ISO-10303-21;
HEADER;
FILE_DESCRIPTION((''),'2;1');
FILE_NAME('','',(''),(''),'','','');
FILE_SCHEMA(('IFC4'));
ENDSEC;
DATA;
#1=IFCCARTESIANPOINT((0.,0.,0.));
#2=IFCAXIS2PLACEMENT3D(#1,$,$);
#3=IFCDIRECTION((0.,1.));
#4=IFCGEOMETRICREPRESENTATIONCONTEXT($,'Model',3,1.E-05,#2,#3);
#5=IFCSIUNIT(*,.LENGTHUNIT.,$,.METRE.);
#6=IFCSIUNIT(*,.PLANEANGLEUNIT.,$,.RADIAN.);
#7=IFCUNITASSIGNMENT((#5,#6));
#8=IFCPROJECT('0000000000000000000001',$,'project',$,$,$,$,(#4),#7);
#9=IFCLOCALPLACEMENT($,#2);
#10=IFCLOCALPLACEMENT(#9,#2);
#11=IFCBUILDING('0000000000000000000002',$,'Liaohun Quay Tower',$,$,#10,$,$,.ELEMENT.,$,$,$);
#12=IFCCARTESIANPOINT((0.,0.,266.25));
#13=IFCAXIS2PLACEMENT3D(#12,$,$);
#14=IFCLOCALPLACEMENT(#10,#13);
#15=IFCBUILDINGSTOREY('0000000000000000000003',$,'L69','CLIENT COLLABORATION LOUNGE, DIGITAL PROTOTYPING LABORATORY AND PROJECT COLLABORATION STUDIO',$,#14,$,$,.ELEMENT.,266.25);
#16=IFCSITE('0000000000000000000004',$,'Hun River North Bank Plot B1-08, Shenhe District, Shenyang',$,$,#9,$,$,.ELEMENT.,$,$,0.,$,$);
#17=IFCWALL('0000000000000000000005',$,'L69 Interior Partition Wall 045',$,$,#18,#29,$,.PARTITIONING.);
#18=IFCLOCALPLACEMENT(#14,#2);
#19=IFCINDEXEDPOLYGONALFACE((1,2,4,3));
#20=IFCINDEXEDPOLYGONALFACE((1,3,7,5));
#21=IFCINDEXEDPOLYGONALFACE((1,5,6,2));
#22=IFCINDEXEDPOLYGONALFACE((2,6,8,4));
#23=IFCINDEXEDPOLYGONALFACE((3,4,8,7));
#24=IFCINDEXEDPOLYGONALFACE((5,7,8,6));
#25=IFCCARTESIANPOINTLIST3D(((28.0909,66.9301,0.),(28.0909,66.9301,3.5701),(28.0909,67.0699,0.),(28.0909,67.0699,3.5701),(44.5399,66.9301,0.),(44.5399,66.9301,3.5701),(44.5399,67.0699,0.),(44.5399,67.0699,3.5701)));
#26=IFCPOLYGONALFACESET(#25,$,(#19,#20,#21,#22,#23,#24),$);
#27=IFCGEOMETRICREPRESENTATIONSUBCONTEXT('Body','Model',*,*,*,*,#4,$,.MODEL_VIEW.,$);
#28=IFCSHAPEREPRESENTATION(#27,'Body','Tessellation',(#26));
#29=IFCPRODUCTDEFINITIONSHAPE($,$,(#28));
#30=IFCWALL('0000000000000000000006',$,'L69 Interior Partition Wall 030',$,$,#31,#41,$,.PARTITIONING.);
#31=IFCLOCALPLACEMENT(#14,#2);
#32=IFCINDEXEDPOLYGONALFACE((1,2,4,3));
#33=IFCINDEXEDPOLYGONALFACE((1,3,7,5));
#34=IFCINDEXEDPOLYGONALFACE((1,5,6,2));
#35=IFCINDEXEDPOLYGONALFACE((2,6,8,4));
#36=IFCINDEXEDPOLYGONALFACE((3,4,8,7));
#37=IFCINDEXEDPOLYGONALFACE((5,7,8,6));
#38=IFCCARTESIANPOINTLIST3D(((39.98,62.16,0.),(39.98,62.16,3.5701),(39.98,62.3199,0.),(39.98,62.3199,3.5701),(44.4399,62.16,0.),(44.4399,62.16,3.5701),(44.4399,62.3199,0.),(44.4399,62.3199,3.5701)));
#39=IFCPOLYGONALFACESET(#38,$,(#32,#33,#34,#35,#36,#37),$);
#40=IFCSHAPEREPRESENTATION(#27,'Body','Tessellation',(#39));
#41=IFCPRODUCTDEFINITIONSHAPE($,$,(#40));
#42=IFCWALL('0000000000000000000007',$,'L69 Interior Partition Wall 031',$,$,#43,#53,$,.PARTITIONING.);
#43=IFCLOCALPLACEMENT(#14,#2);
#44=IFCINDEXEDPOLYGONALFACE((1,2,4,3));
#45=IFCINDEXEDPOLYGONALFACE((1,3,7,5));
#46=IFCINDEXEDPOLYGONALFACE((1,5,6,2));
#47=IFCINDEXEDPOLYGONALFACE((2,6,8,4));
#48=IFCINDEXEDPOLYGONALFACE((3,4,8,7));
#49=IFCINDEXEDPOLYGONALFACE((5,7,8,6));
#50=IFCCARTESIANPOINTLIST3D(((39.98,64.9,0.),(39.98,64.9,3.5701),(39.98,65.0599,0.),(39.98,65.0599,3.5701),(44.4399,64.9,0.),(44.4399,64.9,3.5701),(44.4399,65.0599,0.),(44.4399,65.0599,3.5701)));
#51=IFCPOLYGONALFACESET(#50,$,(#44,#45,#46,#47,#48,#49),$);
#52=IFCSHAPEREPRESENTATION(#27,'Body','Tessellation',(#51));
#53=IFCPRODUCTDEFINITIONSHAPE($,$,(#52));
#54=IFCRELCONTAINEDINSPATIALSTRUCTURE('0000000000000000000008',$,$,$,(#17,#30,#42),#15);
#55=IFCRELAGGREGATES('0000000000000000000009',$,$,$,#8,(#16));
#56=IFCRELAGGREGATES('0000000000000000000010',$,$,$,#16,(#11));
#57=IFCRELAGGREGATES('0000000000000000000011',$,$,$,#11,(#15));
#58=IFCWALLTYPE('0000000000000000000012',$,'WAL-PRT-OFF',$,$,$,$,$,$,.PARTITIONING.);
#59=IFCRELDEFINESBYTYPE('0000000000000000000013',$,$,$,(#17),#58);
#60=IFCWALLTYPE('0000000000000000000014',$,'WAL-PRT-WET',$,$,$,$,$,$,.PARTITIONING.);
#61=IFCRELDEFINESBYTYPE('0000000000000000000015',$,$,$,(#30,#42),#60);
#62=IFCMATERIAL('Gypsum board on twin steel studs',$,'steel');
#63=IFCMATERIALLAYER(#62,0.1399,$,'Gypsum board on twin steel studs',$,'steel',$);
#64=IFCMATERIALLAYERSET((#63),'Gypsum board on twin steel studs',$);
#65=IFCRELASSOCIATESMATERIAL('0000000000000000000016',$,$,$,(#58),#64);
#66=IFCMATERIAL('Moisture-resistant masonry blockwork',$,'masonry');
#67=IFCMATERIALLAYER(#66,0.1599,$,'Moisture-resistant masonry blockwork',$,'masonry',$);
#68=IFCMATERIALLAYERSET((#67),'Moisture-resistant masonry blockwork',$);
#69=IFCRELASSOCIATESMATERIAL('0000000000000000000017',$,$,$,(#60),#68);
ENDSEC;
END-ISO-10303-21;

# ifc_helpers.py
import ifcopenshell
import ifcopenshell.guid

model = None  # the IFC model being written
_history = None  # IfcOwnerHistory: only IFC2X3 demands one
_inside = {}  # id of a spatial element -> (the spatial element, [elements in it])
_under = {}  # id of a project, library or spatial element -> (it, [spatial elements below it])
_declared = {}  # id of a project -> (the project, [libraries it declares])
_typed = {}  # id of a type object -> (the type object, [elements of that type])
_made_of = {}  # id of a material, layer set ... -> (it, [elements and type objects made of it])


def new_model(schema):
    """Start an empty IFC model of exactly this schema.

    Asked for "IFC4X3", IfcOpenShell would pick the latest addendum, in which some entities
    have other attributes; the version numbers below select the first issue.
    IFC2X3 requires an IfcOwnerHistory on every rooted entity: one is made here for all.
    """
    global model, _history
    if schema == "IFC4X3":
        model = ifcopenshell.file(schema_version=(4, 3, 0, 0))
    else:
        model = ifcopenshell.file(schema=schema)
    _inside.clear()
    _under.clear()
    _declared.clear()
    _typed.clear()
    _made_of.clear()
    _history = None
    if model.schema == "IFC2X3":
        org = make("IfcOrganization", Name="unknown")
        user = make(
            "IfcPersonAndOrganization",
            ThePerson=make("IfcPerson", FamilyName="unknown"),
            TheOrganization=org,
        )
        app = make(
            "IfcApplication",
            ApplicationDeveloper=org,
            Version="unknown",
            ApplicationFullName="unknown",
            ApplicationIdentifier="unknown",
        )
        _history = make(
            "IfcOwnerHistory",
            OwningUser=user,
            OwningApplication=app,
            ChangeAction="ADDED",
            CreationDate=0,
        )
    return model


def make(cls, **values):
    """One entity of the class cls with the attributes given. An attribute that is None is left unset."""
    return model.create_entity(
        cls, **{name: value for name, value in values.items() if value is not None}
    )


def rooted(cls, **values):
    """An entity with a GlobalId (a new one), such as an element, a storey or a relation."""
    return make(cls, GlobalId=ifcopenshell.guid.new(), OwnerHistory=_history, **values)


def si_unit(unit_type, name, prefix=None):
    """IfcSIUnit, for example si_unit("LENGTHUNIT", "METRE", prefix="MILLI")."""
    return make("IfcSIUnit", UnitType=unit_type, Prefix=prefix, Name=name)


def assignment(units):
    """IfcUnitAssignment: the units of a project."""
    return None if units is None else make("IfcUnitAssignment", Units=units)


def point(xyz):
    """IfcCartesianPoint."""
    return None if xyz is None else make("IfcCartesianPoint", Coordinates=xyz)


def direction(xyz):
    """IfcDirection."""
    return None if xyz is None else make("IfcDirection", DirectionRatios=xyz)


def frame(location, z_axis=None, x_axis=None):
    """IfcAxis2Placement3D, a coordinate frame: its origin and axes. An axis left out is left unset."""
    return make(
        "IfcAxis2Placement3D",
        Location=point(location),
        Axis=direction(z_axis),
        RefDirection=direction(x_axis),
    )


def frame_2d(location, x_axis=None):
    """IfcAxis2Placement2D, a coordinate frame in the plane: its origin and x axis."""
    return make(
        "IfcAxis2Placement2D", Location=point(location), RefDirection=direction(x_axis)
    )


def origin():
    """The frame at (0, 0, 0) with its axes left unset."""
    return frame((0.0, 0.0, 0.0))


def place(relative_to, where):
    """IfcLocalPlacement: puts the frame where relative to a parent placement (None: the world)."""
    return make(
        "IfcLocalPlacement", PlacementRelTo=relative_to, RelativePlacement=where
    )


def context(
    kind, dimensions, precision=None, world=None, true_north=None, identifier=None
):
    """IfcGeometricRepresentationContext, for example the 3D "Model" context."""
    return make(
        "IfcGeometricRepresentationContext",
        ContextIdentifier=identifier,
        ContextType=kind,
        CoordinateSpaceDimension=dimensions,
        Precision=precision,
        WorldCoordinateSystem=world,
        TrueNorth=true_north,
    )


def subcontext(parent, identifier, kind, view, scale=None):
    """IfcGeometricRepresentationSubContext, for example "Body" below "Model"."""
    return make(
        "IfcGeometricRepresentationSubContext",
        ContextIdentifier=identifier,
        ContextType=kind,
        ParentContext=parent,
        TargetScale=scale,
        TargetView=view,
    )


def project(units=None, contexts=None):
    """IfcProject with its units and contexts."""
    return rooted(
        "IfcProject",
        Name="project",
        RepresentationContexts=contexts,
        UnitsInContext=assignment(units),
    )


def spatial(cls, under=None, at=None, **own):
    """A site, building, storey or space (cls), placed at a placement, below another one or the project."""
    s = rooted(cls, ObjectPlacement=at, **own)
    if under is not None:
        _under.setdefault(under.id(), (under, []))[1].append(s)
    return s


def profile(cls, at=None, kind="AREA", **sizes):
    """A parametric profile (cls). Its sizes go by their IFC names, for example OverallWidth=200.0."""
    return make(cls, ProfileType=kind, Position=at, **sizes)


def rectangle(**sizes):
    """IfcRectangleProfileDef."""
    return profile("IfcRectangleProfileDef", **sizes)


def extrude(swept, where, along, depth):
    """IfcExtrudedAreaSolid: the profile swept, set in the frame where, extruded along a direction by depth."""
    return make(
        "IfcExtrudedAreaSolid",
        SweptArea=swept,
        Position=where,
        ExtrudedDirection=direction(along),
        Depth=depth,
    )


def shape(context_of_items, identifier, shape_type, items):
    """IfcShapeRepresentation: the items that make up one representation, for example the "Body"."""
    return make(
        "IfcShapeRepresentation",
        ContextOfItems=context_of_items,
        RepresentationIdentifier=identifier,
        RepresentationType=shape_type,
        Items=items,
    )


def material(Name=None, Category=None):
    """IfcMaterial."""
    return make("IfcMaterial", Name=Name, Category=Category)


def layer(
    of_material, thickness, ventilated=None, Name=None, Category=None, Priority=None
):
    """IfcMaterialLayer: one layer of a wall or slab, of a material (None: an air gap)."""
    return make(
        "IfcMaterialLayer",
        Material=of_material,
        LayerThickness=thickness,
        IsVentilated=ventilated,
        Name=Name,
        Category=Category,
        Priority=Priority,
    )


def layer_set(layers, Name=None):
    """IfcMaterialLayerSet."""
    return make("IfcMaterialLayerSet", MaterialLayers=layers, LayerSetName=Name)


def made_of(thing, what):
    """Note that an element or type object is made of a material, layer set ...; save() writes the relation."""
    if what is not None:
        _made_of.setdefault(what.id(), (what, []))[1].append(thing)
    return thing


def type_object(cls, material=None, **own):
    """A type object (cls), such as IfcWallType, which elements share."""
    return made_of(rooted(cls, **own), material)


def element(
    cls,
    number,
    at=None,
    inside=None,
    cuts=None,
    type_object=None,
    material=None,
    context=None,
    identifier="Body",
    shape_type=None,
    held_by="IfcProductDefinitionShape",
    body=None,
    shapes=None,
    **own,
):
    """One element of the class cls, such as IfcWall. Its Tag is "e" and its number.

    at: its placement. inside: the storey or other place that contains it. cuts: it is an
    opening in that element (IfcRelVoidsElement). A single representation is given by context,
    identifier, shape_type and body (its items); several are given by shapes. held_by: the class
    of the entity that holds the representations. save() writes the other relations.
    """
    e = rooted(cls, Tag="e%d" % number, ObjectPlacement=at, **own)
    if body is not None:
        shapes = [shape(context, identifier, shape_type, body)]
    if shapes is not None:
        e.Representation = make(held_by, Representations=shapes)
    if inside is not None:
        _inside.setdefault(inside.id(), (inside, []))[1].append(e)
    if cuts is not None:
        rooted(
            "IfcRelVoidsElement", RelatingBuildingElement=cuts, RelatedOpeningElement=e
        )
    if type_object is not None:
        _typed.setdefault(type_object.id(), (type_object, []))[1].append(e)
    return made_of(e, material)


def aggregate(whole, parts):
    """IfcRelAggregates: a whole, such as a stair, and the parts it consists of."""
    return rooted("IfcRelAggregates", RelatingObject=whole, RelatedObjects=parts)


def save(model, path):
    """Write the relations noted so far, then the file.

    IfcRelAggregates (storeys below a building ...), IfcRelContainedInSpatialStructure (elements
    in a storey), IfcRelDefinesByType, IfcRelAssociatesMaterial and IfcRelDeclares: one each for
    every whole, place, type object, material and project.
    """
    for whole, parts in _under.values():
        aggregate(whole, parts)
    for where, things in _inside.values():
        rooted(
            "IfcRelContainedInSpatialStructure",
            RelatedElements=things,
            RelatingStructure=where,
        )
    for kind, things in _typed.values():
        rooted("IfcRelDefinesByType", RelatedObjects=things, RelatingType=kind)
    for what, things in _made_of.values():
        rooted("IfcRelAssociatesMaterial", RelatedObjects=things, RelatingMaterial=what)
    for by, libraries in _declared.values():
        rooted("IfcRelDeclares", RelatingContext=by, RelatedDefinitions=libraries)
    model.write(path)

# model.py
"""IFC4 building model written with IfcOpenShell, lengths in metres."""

from ifc_helpers import new_model, si_unit, direction, frame, frame_2d, origin, place, context, subcontext, project, spatial, rectangle, extrude, material, layer, layer_set, type_object, element, save


model = new_model("IFC4")

# Units and contexts
model_context = context("Model", 3, precision=1e-05, world=origin(), true_north=direction((0.0, 1.0)))
body_context = subcontext(model_context, "Body", "Model", "MODEL_VIEW")
ifc_project = project(units=[si_unit("LENGTHUNIT", "METRE"), si_unit("PLANEANGLEUNIT", "RADIAN")], contexts=[model_context])

# Site, building, storey
site_placement = place(None, origin())
site = spatial("IfcSite", under=ifc_project, at=site_placement, Name="Hun River North Bank Plot B1-08, Shenhe District, Shenyang", CompositionType="ELEMENT", RefElevation=0.0)
building_placement = place(site_placement, origin())
building = spatial("IfcBuilding", under=site, at=building_placement, Name="Liaohun Quay Tower", CompositionType="ELEMENT")
storey_placement = place(building_placement, frame((0.0, 0.0, 266.25)))
storey = spatial("IfcBuildingStorey", under=building, at=storey_placement, Name="L69", Description="CLIENT COLLABORATION LOUNGE, DIGITAL PROTOTYPING LABORATORY AND PROJECT COLLABORATION STUDIO", CompositionType="ELEMENT", Elevation=266.25)

# Wall
ifc_material_1 = material(Name="Gypsum board on twin steel studs", Category="steel")
ifc_layer_1 = layer(ifc_material_1, 0.1399, Name="Gypsum board on twin steel studs", Category="steel")
ifc_layer_set_1 = layer_set([ifc_layer_1], Name="Gypsum board on twin steel studs")
wall_type_1 = type_object("IfcWallType", Name="WAL-PRT-OFF", PredefinedType="PARTITIONING", material=ifc_layer_set_1)
wall_1_placement = place(storey_placement, frame((44.54, 67.0, 0.0), z_axis=(0.0, 0.0, 1.0), x_axis=(-1.0, 0.0, 0.0)))
element("IfcWall", 1, at=wall_1_placement, inside=storey, type_object=wall_type_1, Name="L69 Interior Partition Wall 045", PredefinedType="PARTITIONING", context=body_context, shape_type="SweptSolid", body=[
    extrude(rectangle(XDim=16.449, YDim=0.1399, at=frame_2d((8.2246, 0.0))), origin(), (0.0, 0.0, 1.0), 3.5701),
])

# Shared definitions
ifc_material_2 = material(Name="Moisture-resistant masonry blockwork", Category="masonry")
ifc_layer_2 = layer(ifc_material_2, 0.1599, Name="Moisture-resistant masonry blockwork", Category="masonry")
ifc_layer_set_2 = layer_set([ifc_layer_2], Name="Moisture-resistant masonry blockwork")
wall_type_2 = type_object("IfcWallType", Name="WAL-PRT-WET", PredefinedType="PARTITIONING", material=ifc_layer_set_2)

# Walls
for number, where, z_axis, x_axis, name in (
    (2, (39.98, 62.24, 0.0), (0.0, 0.0, 1.0), (1.0, 0.0, 0.0), "L69 Interior Partition Wall 030"),
    (3, (39.98, 64.98, 0.0), (0.0, 0.0, 1.0), (1.0, 0.0, 0.0), "L69 Interior Partition Wall 031"),
):
    element("IfcWall", number, at=place(storey_placement, frame(where, z_axis=z_axis, x_axis=x_axis)), inside=storey, type_object=wall_type_2, Name=name, PredefinedType="PARTITIONING", context=body_context, shape_type="SweptSolid", body=[
        extrude(rectangle(XDim=4.46, YDim=0.1599, at=frame_2d((2.23, 0.0))), origin(), (0.0, 0.0, 1.0), 3.5701),
    ])

save(model, "model.ifc")
